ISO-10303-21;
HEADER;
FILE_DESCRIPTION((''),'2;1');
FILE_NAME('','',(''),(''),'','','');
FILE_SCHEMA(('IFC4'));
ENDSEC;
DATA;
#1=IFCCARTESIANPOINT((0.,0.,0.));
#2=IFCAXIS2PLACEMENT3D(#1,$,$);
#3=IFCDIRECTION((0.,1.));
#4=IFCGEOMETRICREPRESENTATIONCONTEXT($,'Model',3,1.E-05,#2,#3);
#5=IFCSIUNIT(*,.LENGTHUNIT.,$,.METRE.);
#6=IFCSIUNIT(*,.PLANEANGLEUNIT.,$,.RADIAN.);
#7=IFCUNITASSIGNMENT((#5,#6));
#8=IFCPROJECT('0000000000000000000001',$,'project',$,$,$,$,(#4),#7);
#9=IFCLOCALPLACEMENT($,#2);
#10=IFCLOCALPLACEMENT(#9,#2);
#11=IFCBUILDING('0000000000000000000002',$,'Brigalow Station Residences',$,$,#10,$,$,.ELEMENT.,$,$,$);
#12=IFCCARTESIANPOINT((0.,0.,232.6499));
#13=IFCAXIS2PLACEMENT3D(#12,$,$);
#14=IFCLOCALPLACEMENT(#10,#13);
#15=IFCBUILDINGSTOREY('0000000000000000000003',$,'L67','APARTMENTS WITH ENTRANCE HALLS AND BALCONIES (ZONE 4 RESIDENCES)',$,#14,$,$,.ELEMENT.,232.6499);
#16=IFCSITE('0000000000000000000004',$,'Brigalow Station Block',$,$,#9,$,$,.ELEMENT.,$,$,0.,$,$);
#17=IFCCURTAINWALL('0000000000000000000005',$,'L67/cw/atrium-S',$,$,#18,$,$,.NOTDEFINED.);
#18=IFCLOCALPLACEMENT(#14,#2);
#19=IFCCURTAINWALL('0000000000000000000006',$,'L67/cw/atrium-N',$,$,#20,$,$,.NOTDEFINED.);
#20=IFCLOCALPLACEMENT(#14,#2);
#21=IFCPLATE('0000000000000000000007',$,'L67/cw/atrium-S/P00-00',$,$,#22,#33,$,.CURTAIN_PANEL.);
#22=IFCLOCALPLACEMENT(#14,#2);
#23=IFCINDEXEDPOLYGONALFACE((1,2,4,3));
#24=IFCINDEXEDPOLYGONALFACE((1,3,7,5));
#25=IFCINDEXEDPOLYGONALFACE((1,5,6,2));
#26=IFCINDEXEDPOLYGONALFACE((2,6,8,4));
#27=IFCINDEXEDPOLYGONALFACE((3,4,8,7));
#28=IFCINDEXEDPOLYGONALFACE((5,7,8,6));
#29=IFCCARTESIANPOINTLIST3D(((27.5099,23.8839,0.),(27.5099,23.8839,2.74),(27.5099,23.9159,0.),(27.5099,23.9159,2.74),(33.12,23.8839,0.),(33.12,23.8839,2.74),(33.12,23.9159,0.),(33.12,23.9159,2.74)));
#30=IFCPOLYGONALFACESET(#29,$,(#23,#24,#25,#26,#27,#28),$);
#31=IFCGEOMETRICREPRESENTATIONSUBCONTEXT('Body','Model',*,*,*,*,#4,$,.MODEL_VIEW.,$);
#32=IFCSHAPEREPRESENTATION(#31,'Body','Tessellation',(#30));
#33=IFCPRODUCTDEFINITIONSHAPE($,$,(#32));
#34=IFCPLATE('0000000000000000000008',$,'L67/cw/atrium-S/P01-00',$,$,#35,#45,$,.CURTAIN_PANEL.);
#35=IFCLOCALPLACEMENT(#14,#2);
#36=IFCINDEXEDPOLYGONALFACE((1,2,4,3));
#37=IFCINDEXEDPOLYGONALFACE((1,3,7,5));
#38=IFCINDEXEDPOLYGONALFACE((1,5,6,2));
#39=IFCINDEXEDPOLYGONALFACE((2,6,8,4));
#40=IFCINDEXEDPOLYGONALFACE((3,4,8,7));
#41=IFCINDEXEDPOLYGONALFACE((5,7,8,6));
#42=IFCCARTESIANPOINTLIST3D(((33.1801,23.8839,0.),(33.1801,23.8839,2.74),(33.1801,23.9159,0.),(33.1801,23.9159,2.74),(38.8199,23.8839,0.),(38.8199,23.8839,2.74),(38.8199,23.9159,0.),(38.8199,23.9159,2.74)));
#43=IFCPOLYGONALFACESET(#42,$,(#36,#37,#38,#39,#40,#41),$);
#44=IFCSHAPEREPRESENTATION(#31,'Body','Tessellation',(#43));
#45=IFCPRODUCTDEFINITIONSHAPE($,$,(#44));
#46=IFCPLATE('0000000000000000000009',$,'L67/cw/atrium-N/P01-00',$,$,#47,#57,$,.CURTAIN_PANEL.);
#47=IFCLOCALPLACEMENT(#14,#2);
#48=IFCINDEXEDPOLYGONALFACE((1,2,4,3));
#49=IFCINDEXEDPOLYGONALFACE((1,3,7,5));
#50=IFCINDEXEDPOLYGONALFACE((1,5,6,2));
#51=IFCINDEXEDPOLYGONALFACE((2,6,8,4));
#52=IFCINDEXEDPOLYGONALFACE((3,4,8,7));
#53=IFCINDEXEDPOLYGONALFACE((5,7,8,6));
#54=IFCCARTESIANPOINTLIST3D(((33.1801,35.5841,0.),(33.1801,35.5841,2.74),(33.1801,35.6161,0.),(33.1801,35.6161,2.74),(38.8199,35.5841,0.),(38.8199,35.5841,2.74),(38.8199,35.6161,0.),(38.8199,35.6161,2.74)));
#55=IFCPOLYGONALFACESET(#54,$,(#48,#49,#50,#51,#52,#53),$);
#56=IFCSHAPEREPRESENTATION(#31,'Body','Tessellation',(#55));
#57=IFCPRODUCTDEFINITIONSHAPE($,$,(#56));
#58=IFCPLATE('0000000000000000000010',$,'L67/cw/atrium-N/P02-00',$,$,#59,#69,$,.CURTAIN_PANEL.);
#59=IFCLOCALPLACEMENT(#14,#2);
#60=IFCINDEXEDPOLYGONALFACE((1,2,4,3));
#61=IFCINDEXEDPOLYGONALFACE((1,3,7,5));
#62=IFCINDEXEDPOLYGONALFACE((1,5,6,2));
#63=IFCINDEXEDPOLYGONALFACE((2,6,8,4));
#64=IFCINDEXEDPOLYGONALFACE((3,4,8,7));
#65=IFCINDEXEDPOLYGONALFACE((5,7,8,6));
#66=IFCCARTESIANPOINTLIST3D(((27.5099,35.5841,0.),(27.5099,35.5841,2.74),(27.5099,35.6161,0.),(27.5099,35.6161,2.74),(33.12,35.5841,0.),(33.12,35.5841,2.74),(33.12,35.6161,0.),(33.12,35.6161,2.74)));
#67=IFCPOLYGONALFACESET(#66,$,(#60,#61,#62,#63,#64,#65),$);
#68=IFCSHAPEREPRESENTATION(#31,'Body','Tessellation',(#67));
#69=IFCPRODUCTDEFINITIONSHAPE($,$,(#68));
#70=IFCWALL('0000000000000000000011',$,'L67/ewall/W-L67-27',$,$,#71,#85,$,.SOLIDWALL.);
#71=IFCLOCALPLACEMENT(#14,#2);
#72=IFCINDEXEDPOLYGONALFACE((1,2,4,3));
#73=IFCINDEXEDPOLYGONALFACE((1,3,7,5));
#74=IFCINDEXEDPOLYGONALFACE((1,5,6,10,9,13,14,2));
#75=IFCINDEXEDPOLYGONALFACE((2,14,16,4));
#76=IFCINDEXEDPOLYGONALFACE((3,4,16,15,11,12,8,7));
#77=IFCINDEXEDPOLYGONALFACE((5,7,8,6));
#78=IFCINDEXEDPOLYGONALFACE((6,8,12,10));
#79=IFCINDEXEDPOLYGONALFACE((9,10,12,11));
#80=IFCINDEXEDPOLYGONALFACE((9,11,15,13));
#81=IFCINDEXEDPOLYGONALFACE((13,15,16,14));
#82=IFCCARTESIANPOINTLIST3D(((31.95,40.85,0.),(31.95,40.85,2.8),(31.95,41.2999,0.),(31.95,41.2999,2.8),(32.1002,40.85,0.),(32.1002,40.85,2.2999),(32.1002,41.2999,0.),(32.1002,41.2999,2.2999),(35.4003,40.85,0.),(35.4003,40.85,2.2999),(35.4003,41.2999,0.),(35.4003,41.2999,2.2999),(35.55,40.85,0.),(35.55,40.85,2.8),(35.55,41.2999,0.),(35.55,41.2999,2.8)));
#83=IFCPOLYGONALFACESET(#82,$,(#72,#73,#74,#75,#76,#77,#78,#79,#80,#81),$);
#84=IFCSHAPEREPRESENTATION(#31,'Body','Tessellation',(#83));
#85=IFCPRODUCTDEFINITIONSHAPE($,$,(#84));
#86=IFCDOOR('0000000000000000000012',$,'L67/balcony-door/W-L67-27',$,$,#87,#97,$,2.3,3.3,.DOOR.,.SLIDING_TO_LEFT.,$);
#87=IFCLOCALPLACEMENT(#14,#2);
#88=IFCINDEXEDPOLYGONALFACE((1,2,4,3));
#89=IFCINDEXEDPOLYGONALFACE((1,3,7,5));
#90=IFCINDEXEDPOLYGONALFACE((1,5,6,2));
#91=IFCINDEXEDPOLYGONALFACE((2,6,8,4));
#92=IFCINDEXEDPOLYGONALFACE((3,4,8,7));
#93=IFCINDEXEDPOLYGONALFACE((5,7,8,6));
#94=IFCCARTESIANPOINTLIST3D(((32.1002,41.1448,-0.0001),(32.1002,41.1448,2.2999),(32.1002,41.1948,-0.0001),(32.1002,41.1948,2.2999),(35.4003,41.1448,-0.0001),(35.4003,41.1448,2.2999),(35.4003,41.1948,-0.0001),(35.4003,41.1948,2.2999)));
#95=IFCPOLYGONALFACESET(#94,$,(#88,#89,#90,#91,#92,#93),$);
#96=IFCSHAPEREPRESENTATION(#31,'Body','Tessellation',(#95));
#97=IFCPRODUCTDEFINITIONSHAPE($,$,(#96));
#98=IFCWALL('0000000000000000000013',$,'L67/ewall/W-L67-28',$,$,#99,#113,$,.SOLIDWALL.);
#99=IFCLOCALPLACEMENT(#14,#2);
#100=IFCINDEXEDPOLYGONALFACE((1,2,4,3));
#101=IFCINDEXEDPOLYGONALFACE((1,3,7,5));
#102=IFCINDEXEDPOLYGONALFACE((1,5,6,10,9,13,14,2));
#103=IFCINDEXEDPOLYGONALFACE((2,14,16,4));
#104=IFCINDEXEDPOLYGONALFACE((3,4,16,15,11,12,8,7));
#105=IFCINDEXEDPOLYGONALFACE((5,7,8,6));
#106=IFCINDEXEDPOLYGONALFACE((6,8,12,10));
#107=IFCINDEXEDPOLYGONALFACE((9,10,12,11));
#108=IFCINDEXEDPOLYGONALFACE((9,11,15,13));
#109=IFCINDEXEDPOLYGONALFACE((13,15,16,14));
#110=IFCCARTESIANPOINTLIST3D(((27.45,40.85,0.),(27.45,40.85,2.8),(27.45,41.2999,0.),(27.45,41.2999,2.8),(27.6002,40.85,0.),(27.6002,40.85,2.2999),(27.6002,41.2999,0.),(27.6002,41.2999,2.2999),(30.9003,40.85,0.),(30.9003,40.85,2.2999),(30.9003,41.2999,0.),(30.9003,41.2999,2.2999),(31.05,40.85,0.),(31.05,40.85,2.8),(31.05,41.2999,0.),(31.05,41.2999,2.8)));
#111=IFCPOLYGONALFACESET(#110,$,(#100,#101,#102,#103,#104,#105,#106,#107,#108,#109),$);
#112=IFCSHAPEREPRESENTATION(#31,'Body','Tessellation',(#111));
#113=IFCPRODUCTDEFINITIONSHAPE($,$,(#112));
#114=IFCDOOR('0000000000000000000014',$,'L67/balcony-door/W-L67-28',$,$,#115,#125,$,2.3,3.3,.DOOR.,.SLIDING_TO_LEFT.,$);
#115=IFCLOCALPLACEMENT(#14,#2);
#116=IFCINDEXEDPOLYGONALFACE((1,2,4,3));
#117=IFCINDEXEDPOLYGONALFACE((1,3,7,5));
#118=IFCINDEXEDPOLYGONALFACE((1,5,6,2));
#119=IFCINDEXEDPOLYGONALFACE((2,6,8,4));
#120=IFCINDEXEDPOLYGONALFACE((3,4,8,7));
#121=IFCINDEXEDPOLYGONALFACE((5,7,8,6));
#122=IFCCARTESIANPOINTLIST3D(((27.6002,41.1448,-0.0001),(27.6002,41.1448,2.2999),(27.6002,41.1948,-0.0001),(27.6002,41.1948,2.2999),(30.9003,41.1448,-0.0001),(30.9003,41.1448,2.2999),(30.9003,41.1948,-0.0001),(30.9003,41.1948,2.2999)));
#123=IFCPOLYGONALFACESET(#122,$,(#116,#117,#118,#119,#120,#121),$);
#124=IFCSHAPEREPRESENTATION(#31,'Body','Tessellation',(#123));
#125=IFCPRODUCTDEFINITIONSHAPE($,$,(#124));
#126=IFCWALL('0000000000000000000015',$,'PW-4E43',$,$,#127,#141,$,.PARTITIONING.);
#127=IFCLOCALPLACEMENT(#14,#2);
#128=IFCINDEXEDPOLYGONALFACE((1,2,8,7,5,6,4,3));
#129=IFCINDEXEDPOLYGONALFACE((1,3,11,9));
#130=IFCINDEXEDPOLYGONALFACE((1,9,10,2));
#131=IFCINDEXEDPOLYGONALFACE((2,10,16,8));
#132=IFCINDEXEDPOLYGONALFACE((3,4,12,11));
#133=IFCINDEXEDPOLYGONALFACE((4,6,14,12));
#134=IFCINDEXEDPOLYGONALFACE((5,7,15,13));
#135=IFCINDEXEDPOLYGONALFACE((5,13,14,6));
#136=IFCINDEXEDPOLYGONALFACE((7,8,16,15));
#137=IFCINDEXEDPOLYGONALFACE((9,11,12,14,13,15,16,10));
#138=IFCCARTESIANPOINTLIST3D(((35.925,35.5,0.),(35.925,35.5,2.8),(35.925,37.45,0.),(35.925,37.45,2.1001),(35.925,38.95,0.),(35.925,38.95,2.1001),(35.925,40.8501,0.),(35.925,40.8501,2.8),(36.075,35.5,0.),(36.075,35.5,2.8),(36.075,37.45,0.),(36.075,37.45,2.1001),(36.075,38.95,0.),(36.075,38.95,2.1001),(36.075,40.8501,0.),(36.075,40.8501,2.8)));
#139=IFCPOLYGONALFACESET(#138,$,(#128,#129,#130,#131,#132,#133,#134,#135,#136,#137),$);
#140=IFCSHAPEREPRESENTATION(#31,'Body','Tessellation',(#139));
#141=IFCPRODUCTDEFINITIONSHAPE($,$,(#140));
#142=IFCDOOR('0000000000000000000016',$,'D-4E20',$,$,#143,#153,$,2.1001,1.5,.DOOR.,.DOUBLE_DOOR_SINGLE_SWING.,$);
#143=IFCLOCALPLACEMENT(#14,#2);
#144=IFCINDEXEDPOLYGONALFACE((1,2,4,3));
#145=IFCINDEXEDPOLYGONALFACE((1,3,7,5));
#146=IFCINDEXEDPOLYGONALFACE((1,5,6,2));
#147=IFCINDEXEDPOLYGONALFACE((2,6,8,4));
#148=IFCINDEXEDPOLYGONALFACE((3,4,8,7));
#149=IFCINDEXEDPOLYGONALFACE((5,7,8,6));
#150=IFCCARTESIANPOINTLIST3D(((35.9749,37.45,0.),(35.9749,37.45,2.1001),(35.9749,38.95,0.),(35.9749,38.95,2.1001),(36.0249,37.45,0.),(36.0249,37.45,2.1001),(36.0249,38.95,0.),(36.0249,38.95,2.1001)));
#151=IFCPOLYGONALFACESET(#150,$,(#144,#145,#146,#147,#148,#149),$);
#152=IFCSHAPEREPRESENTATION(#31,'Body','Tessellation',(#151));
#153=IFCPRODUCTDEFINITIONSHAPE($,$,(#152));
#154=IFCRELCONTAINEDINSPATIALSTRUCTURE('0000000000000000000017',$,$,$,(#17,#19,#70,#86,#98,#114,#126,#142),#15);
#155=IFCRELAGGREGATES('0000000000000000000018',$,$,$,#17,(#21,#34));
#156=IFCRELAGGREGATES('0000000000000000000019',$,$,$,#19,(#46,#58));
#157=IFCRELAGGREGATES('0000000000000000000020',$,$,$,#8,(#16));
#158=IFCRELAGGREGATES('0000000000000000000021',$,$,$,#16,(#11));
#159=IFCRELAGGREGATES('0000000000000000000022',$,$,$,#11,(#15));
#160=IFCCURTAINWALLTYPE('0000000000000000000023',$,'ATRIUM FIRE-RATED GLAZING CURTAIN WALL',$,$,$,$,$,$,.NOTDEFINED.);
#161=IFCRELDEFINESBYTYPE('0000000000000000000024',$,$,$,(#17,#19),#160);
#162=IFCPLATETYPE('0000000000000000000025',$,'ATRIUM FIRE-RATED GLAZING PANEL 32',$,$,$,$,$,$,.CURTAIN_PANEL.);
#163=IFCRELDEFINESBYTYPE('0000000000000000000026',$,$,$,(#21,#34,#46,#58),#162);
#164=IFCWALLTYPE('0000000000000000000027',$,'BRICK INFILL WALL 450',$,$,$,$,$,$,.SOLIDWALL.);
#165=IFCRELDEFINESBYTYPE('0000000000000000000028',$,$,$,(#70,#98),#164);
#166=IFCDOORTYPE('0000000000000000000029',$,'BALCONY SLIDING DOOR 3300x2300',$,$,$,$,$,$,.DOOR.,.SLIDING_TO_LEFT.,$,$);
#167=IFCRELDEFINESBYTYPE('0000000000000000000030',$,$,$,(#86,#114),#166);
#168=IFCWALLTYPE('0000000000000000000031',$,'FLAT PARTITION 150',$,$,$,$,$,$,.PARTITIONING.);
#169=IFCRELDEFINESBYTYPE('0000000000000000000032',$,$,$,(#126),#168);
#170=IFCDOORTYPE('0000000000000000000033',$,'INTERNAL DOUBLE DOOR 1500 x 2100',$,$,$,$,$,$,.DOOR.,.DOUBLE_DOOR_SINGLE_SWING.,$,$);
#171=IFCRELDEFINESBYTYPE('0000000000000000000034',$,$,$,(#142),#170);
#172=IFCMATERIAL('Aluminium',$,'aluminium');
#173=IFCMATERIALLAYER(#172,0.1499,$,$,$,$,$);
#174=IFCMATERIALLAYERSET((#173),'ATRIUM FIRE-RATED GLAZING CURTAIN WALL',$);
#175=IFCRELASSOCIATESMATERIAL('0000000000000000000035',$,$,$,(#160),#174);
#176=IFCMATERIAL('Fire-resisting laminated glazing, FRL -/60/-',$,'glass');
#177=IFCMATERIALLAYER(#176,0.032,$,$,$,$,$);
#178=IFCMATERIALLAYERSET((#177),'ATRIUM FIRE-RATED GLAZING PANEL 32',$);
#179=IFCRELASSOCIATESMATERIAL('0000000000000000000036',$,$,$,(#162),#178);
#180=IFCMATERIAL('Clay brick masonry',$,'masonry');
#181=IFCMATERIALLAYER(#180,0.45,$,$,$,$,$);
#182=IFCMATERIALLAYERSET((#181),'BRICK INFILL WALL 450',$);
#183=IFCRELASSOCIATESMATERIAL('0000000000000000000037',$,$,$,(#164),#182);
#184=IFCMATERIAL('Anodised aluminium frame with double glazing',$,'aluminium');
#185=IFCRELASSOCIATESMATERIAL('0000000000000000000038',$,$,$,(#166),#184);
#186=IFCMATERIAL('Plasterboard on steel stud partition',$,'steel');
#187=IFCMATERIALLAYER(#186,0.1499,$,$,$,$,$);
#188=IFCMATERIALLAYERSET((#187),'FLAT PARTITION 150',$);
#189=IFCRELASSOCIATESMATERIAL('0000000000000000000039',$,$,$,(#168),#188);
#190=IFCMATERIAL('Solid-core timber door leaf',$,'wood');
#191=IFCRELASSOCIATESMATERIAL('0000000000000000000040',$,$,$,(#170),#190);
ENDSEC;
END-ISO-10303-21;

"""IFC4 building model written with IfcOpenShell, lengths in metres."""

from ifc_helpers import new_model, si_unit, direction, frame, frame_2d, origin, origin_2d, place, context, subcontext, project, spatial, rectangle, extrude, material, layer, layer_set, type_object, element, fill, aggregate, save


model = new_model("IFC4")

# Units and contexts
model_context = context("Model", 3, precision=1e-05, world=origin(), true_north=direction((0.0, 1.0)))
body_context = subcontext(model_context, "Body", "Model", "MODEL_VIEW")
ifc_project = project(units=[si_unit("LENGTHUNIT", "METRE"), si_unit("PLANEANGLEUNIT", "RADIAN")], contexts=[model_context])

# Site, building, storey
site_placement = place(None, origin())
site = spatial("IfcSite", under=ifc_project, at=site_placement, Name="Brigalow Station Block", CompositionType="ELEMENT", RefElevation=0.0)
building_placement = place(site_placement, origin())
building = spatial("IfcBuilding", under=site, at=building_placement, Name="Brigalow Station Residences", CompositionType="ELEMENT")
storey_placement = place(building_placement, frame((0.0, 0.0, 232.6499)))
storey = spatial("IfcBuildingStorey", under=building, at=storey_placement, Name="L67", Description="APARTMENTS WITH ENTRANCE HALLS AND BALCONIES (ZONE 4 RESIDENCES)", CompositionType="ELEMENT", Elevation=232.6499)

# Curtain walls
ifc_material_1 = material(Name="Aluminium", Category="aluminium")
ifc_layer_1 = layer(ifc_material_1, 0.1499)
ifc_layer_set_1 = layer_set([ifc_layer_1], Name="ATRIUM FIRE-RATED GLAZING CURTAIN WALL")
curtain_wall_type = type_object("IfcCurtainWallType", Name="ATRIUM FIRE-RATED GLAZING CURTAIN WALL", PredefinedType="NOTDEFINED", material=ifc_layer_set_1)
curtain_wall_1_placement = place(storey_placement, origin())
curtain_wall_1 = element("IfcCurtainWall", 1, at=curtain_wall_1_placement, inside=storey, type_object=curtain_wall_type, Name="L67/cw/atrium-S", PredefinedType="NOTDEFINED")
curtain_wall_2_placement = place(storey_placement, origin())
curtain_wall_2 = element("IfcCurtainWall", 2, at=curtain_wall_2_placement, inside=storey, type_object=curtain_wall_type, Name="L67/cw/atrium-N", PredefinedType="NOTDEFINED")

# Plates
ifc_material_2 = material(Name="Fire-resisting laminated glazing, FRL -/60/-", Category="glass")
ifc_layer_2 = layer(ifc_material_2, 0.032)
ifc_layer_set_2 = layer_set([ifc_layer_2], Name="ATRIUM FIRE-RATED GLAZING PANEL 32")
plate_type = type_object("IfcPlateType", Name="ATRIUM FIRE-RATED GLAZING PANEL 32", PredefinedType="CURTAIN_PANEL", material=ifc_layer_set_2)
plate_1_placement = place(storey_placement, frame((30.3149, 23.8999, 0.0), z_axis=(0.0, 0.0, 1.0), x_axis=(1.0, 0.0, 0.0)))
plate_1 = element("IfcPlate", 3, at=plate_1_placement, type_object=plate_type, Name="L67/cw/atrium-S/P00-00", PredefinedType="CURTAIN_PANEL", context=body_context, shape_type="SweptSolid", body=[
    extrude(rectangle(XDim=5.6101, YDim=0.032, at=origin_2d()), origin(), (0.0, 0.0, 1.0), 2.74),
])
plate_2_placement = place(storey_placement, frame((36.0, 23.8999, 0.0), z_axis=(0.0, 0.0, 1.0), x_axis=(1.0, 0.0, 0.0)))
plate_2 = element("IfcPlate", 4, at=plate_2_placement, type_object=plate_type, Name="L67/cw/atrium-S/P01-00", PredefinedType="CURTAIN_PANEL", context=body_context, shape_type="SweptSolid", body=[
    extrude(rectangle(XDim=5.6399, YDim=0.032, at=origin_2d()), origin(), (0.0, 0.0, 1.0), 2.74),
])
aggregate(curtain_wall_1, [plate_1, plate_2])
plate_3_placement = place(storey_placement, frame((36.0, 35.6001, 0.0), z_axis=(0.0, 0.0, 1.0), x_axis=(-1.0, 0.0, 0.0)))
plate_3 = element("IfcPlate", 5, at=plate_3_placement, type_object=plate_type, Name="L67/cw/atrium-N/P01-00", PredefinedType="CURTAIN_PANEL", context=body_context, shape_type="SweptSolid", body=[
    extrude(rectangle(XDim=5.6399, YDim=0.032, at=origin_2d()), origin(), (0.0, 0.0, 1.0), 2.74),
])
plate_4_placement = place(storey_placement, frame((30.3149, 35.6001, 0.0), z_axis=(0.0, 0.0, 1.0), x_axis=(-1.0, 0.0, 0.0)))
plate_4 = element("IfcPlate", 6, at=plate_4_placement, type_object=plate_type, Name="L67/cw/atrium-N/P02-00", PredefinedType="CURTAIN_PANEL", context=body_context, shape_type="SweptSolid", body=[
    extrude(rectangle(XDim=5.6101, YDim=0.032, at=origin_2d()), origin(), (0.0, 0.0, 1.0), 2.74),
])
aggregate(curtain_wall_2, [plate_3, plate_4])

# Walls, openings, doors
ifc_material_3 = material(Name="Clay brick masonry", Category="masonry")
ifc_layer_3 = layer(ifc_material_3, 0.45)
ifc_layer_set_3 = layer_set([ifc_layer_3], Name="BRICK INFILL WALL 450")
wall_type_1 = type_object("IfcWallType", Name="BRICK INFILL WALL 450", PredefinedType="SOLIDWALL", material=ifc_layer_set_3)
wall_1_placement = place(storey_placement, frame((35.55, 41.075, 0.0), z_axis=(0.0, 0.0, 1.0), x_axis=(-1.0, 0.0, 0.0)))
wall_1 = element("IfcWall", 7, at=wall_1_placement, inside=storey, type_object=wall_type_1, Name="L67/ewall/W-L67-27", PredefinedType="SOLIDWALL", context=body_context, shape_type="SweptSolid", body=[
    extrude(rectangle(XDim=3.6001, YDim=0.45, at=frame_2d((1.8, 0.0))), origin(), (0.0, 0.0, 1.0), 2.8),
])
opening_1_placement = place(wall_1_placement, frame((0.1499, 0.0, 0.0)))
opening_1 = element("IfcOpeningElement", 8, at=opening_1_placement, cuts=wall_1, PredefinedType="OPENING", context=body_context, shape_type="SweptSolid", body=[
    extrude(rectangle(XDim=3.3, YDim=2.3, at=frame_2d((1.6499, 1.1499))), frame((0.0, 0.2349, 0.0), z_axis=(0.0, -1.0, 0.0), x_axis=(1.0, 0.0, 0.0)), (0.0, 0.0, 1.0), 0.47),
])
ifc_material_4 = material(Name="Anodised aluminium frame with double glazing", Category="aluminium")
door_type_1 = type_object("IfcDoorType", Name="BALCONY SLIDING DOOR 3300x2300", OperationType="SLIDING_TO_LEFT", PredefinedType="DOOR", material=ifc_material_4)
door_1_placement = place(opening_1_placement, origin())
door_1 = element("IfcDoor", 9, at=door_1_placement, inside=storey, type_object=door_type_1, Name="L67/balcony-door/W-L67-27", OperationType="SLIDING_TO_LEFT", OverallHeight=2.3, OverallWidth=3.3, PredefinedType="DOOR", context=body_context, shape_type="SweptSolid", body=[
    extrude(rectangle(XDim=3.3, YDim=2.3, at=frame_2d((1.6499, 1.1499))), frame((0.0, -0.0698, 0.0), z_axis=(0.0, -1.0, 0.0), x_axis=(1.0, 0.0, 0.0)), (0.0, 0.0, 1.0), 0.05),
])
fill(opening_1, door_1)
wall_2_placement = place(storey_placement, frame((31.05, 41.075, 0.0), z_axis=(0.0, 0.0, 1.0), x_axis=(-1.0, 0.0, 0.0)))
wall_2 = element("IfcWall", 10, at=wall_2_placement, inside=storey, type_object=wall_type_1, Name="L67/ewall/W-L67-28", PredefinedType="SOLIDWALL", context=body_context, shape_type="SweptSolid", body=[
    extrude(rectangle(XDim=3.6001, YDim=0.45, at=frame_2d((1.8, 0.0))), origin(), (0.0, 0.0, 1.0), 2.8),
])
opening_2_placement = place(wall_2_placement, frame((0.1499, 0.0, 0.0)))
opening_2 = element("IfcOpeningElement", 11, at=opening_2_placement, cuts=wall_2, PredefinedType="OPENING", context=body_context, shape_type="SweptSolid", body=[
    extrude(rectangle(XDim=3.3, YDim=2.3, at=frame_2d((1.6499, 1.1499))), frame((0.0, 0.2349, 0.0), z_axis=(0.0, -1.0, 0.0), x_axis=(1.0, 0.0, 0.0)), (0.0, 0.0, 1.0), 0.47),
])
door_2_placement = place(opening_2_placement, origin())
door_2 = element("IfcDoor", 12, at=door_2_placement, inside=storey, type_object=door_type_1, Name="L67/balcony-door/W-L67-28", OperationType="SLIDING_TO_LEFT", OverallHeight=2.3, OverallWidth=3.3, PredefinedType="DOOR", context=body_context, shape_type="SweptSolid", body=[
    extrude(rectangle(XDim=3.3, YDim=2.3, at=frame_2d((1.6499, 1.1499))), frame((0.0, -0.0698, 0.0), z_axis=(0.0, -1.0, 0.0), x_axis=(1.0, 0.0, 0.0)), (0.0, 0.0, 1.0), 0.05),
])
fill(opening_2, door_2)
ifc_material_5 = material(Name="Plasterboard on steel stud partition", Category="steel")
ifc_layer_4 = layer(ifc_material_5, 0.1499)
ifc_layer_set_4 = layer_set([ifc_layer_4], Name="FLAT PARTITION 150")
wall_type_2 = type_object("IfcWallType", Name="FLAT PARTITION 150", PredefinedType="PARTITIONING", material=ifc_layer_set_4)
wall_3_placement = place(storey_placement, frame((36.0, 35.5, 0.0), z_axis=(0.0, 0.0, 1.0), x_axis=(0.0, 1.0, 0.0)))
wall_3 = element("IfcWall", 13, at=wall_3_placement, inside=storey, type_object=wall_type_2, Name="PW-4E43", PredefinedType="PARTITIONING", context=body_context, shape_type="SweptSolid", body=[
    extrude(rectangle(XDim=5.3501, YDim=0.1499, at=frame_2d((2.675, 0.0))), origin(), (0.0, 0.0, 1.0), 2.8),
])
opening_3_placement = place(wall_3_placement, frame((1.95, 0.0, 0.0)))
opening_3 = element("IfcOpeningElement", 14, at=opening_3_placement, cuts=wall_3, PredefinedType="OPENING", context=body_context, shape_type="SweptSolid", body=[
    extrude(rectangle(XDim=1.5, YDim=2.1001, at=frame_2d((0.75, 1.05))), frame((0.0, 0.085, 0.0), z_axis=(0.0, -1.0, 0.0), x_axis=(1.0, 0.0, 0.0)), (0.0, 0.0, 1.0), 0.1699),
])
ifc_material_6 = material(Name="Solid-core timber door leaf", Category="wood")
door_type_2 = type_object("IfcDoorType", Name="INTERNAL DOUBLE DOOR 1500 x 2100", OperationType="DOUBLE_DOOR_SINGLE_SWING", PredefinedType="DOOR", material=ifc_material_6)
door_3_placement = place(opening_3_placement, frame((1.5, 0.0, 0.0), z_axis=(0.0, 0.0, 1.0), x_axis=(-1.0, 0.0, 0.0)))
door_3 = element("IfcDoor", 15, at=door_3_placement, inside=storey, type_object=door_type_2, Name="D-4E20", OperationType="DOUBLE_DOOR_SINGLE_SWING", OverallHeight=2.1001, OverallWidth=1.5, PredefinedType="DOOR", context=body_context, shape_type="SweptSolid", body=[
    extrude(rectangle(XDim=1.5, YDim=2.1001, at=frame_2d((0.75, 1.05))), frame((0.0, 0.0249, 0.0), z_axis=(0.0, -1.0, 0.0), x_axis=(1.0, 0.0, 0.0)), (0.0, 0.0, 1.0), 0.05),
])
fill(opening_3, door_3)

save(model, "model.ifc")
